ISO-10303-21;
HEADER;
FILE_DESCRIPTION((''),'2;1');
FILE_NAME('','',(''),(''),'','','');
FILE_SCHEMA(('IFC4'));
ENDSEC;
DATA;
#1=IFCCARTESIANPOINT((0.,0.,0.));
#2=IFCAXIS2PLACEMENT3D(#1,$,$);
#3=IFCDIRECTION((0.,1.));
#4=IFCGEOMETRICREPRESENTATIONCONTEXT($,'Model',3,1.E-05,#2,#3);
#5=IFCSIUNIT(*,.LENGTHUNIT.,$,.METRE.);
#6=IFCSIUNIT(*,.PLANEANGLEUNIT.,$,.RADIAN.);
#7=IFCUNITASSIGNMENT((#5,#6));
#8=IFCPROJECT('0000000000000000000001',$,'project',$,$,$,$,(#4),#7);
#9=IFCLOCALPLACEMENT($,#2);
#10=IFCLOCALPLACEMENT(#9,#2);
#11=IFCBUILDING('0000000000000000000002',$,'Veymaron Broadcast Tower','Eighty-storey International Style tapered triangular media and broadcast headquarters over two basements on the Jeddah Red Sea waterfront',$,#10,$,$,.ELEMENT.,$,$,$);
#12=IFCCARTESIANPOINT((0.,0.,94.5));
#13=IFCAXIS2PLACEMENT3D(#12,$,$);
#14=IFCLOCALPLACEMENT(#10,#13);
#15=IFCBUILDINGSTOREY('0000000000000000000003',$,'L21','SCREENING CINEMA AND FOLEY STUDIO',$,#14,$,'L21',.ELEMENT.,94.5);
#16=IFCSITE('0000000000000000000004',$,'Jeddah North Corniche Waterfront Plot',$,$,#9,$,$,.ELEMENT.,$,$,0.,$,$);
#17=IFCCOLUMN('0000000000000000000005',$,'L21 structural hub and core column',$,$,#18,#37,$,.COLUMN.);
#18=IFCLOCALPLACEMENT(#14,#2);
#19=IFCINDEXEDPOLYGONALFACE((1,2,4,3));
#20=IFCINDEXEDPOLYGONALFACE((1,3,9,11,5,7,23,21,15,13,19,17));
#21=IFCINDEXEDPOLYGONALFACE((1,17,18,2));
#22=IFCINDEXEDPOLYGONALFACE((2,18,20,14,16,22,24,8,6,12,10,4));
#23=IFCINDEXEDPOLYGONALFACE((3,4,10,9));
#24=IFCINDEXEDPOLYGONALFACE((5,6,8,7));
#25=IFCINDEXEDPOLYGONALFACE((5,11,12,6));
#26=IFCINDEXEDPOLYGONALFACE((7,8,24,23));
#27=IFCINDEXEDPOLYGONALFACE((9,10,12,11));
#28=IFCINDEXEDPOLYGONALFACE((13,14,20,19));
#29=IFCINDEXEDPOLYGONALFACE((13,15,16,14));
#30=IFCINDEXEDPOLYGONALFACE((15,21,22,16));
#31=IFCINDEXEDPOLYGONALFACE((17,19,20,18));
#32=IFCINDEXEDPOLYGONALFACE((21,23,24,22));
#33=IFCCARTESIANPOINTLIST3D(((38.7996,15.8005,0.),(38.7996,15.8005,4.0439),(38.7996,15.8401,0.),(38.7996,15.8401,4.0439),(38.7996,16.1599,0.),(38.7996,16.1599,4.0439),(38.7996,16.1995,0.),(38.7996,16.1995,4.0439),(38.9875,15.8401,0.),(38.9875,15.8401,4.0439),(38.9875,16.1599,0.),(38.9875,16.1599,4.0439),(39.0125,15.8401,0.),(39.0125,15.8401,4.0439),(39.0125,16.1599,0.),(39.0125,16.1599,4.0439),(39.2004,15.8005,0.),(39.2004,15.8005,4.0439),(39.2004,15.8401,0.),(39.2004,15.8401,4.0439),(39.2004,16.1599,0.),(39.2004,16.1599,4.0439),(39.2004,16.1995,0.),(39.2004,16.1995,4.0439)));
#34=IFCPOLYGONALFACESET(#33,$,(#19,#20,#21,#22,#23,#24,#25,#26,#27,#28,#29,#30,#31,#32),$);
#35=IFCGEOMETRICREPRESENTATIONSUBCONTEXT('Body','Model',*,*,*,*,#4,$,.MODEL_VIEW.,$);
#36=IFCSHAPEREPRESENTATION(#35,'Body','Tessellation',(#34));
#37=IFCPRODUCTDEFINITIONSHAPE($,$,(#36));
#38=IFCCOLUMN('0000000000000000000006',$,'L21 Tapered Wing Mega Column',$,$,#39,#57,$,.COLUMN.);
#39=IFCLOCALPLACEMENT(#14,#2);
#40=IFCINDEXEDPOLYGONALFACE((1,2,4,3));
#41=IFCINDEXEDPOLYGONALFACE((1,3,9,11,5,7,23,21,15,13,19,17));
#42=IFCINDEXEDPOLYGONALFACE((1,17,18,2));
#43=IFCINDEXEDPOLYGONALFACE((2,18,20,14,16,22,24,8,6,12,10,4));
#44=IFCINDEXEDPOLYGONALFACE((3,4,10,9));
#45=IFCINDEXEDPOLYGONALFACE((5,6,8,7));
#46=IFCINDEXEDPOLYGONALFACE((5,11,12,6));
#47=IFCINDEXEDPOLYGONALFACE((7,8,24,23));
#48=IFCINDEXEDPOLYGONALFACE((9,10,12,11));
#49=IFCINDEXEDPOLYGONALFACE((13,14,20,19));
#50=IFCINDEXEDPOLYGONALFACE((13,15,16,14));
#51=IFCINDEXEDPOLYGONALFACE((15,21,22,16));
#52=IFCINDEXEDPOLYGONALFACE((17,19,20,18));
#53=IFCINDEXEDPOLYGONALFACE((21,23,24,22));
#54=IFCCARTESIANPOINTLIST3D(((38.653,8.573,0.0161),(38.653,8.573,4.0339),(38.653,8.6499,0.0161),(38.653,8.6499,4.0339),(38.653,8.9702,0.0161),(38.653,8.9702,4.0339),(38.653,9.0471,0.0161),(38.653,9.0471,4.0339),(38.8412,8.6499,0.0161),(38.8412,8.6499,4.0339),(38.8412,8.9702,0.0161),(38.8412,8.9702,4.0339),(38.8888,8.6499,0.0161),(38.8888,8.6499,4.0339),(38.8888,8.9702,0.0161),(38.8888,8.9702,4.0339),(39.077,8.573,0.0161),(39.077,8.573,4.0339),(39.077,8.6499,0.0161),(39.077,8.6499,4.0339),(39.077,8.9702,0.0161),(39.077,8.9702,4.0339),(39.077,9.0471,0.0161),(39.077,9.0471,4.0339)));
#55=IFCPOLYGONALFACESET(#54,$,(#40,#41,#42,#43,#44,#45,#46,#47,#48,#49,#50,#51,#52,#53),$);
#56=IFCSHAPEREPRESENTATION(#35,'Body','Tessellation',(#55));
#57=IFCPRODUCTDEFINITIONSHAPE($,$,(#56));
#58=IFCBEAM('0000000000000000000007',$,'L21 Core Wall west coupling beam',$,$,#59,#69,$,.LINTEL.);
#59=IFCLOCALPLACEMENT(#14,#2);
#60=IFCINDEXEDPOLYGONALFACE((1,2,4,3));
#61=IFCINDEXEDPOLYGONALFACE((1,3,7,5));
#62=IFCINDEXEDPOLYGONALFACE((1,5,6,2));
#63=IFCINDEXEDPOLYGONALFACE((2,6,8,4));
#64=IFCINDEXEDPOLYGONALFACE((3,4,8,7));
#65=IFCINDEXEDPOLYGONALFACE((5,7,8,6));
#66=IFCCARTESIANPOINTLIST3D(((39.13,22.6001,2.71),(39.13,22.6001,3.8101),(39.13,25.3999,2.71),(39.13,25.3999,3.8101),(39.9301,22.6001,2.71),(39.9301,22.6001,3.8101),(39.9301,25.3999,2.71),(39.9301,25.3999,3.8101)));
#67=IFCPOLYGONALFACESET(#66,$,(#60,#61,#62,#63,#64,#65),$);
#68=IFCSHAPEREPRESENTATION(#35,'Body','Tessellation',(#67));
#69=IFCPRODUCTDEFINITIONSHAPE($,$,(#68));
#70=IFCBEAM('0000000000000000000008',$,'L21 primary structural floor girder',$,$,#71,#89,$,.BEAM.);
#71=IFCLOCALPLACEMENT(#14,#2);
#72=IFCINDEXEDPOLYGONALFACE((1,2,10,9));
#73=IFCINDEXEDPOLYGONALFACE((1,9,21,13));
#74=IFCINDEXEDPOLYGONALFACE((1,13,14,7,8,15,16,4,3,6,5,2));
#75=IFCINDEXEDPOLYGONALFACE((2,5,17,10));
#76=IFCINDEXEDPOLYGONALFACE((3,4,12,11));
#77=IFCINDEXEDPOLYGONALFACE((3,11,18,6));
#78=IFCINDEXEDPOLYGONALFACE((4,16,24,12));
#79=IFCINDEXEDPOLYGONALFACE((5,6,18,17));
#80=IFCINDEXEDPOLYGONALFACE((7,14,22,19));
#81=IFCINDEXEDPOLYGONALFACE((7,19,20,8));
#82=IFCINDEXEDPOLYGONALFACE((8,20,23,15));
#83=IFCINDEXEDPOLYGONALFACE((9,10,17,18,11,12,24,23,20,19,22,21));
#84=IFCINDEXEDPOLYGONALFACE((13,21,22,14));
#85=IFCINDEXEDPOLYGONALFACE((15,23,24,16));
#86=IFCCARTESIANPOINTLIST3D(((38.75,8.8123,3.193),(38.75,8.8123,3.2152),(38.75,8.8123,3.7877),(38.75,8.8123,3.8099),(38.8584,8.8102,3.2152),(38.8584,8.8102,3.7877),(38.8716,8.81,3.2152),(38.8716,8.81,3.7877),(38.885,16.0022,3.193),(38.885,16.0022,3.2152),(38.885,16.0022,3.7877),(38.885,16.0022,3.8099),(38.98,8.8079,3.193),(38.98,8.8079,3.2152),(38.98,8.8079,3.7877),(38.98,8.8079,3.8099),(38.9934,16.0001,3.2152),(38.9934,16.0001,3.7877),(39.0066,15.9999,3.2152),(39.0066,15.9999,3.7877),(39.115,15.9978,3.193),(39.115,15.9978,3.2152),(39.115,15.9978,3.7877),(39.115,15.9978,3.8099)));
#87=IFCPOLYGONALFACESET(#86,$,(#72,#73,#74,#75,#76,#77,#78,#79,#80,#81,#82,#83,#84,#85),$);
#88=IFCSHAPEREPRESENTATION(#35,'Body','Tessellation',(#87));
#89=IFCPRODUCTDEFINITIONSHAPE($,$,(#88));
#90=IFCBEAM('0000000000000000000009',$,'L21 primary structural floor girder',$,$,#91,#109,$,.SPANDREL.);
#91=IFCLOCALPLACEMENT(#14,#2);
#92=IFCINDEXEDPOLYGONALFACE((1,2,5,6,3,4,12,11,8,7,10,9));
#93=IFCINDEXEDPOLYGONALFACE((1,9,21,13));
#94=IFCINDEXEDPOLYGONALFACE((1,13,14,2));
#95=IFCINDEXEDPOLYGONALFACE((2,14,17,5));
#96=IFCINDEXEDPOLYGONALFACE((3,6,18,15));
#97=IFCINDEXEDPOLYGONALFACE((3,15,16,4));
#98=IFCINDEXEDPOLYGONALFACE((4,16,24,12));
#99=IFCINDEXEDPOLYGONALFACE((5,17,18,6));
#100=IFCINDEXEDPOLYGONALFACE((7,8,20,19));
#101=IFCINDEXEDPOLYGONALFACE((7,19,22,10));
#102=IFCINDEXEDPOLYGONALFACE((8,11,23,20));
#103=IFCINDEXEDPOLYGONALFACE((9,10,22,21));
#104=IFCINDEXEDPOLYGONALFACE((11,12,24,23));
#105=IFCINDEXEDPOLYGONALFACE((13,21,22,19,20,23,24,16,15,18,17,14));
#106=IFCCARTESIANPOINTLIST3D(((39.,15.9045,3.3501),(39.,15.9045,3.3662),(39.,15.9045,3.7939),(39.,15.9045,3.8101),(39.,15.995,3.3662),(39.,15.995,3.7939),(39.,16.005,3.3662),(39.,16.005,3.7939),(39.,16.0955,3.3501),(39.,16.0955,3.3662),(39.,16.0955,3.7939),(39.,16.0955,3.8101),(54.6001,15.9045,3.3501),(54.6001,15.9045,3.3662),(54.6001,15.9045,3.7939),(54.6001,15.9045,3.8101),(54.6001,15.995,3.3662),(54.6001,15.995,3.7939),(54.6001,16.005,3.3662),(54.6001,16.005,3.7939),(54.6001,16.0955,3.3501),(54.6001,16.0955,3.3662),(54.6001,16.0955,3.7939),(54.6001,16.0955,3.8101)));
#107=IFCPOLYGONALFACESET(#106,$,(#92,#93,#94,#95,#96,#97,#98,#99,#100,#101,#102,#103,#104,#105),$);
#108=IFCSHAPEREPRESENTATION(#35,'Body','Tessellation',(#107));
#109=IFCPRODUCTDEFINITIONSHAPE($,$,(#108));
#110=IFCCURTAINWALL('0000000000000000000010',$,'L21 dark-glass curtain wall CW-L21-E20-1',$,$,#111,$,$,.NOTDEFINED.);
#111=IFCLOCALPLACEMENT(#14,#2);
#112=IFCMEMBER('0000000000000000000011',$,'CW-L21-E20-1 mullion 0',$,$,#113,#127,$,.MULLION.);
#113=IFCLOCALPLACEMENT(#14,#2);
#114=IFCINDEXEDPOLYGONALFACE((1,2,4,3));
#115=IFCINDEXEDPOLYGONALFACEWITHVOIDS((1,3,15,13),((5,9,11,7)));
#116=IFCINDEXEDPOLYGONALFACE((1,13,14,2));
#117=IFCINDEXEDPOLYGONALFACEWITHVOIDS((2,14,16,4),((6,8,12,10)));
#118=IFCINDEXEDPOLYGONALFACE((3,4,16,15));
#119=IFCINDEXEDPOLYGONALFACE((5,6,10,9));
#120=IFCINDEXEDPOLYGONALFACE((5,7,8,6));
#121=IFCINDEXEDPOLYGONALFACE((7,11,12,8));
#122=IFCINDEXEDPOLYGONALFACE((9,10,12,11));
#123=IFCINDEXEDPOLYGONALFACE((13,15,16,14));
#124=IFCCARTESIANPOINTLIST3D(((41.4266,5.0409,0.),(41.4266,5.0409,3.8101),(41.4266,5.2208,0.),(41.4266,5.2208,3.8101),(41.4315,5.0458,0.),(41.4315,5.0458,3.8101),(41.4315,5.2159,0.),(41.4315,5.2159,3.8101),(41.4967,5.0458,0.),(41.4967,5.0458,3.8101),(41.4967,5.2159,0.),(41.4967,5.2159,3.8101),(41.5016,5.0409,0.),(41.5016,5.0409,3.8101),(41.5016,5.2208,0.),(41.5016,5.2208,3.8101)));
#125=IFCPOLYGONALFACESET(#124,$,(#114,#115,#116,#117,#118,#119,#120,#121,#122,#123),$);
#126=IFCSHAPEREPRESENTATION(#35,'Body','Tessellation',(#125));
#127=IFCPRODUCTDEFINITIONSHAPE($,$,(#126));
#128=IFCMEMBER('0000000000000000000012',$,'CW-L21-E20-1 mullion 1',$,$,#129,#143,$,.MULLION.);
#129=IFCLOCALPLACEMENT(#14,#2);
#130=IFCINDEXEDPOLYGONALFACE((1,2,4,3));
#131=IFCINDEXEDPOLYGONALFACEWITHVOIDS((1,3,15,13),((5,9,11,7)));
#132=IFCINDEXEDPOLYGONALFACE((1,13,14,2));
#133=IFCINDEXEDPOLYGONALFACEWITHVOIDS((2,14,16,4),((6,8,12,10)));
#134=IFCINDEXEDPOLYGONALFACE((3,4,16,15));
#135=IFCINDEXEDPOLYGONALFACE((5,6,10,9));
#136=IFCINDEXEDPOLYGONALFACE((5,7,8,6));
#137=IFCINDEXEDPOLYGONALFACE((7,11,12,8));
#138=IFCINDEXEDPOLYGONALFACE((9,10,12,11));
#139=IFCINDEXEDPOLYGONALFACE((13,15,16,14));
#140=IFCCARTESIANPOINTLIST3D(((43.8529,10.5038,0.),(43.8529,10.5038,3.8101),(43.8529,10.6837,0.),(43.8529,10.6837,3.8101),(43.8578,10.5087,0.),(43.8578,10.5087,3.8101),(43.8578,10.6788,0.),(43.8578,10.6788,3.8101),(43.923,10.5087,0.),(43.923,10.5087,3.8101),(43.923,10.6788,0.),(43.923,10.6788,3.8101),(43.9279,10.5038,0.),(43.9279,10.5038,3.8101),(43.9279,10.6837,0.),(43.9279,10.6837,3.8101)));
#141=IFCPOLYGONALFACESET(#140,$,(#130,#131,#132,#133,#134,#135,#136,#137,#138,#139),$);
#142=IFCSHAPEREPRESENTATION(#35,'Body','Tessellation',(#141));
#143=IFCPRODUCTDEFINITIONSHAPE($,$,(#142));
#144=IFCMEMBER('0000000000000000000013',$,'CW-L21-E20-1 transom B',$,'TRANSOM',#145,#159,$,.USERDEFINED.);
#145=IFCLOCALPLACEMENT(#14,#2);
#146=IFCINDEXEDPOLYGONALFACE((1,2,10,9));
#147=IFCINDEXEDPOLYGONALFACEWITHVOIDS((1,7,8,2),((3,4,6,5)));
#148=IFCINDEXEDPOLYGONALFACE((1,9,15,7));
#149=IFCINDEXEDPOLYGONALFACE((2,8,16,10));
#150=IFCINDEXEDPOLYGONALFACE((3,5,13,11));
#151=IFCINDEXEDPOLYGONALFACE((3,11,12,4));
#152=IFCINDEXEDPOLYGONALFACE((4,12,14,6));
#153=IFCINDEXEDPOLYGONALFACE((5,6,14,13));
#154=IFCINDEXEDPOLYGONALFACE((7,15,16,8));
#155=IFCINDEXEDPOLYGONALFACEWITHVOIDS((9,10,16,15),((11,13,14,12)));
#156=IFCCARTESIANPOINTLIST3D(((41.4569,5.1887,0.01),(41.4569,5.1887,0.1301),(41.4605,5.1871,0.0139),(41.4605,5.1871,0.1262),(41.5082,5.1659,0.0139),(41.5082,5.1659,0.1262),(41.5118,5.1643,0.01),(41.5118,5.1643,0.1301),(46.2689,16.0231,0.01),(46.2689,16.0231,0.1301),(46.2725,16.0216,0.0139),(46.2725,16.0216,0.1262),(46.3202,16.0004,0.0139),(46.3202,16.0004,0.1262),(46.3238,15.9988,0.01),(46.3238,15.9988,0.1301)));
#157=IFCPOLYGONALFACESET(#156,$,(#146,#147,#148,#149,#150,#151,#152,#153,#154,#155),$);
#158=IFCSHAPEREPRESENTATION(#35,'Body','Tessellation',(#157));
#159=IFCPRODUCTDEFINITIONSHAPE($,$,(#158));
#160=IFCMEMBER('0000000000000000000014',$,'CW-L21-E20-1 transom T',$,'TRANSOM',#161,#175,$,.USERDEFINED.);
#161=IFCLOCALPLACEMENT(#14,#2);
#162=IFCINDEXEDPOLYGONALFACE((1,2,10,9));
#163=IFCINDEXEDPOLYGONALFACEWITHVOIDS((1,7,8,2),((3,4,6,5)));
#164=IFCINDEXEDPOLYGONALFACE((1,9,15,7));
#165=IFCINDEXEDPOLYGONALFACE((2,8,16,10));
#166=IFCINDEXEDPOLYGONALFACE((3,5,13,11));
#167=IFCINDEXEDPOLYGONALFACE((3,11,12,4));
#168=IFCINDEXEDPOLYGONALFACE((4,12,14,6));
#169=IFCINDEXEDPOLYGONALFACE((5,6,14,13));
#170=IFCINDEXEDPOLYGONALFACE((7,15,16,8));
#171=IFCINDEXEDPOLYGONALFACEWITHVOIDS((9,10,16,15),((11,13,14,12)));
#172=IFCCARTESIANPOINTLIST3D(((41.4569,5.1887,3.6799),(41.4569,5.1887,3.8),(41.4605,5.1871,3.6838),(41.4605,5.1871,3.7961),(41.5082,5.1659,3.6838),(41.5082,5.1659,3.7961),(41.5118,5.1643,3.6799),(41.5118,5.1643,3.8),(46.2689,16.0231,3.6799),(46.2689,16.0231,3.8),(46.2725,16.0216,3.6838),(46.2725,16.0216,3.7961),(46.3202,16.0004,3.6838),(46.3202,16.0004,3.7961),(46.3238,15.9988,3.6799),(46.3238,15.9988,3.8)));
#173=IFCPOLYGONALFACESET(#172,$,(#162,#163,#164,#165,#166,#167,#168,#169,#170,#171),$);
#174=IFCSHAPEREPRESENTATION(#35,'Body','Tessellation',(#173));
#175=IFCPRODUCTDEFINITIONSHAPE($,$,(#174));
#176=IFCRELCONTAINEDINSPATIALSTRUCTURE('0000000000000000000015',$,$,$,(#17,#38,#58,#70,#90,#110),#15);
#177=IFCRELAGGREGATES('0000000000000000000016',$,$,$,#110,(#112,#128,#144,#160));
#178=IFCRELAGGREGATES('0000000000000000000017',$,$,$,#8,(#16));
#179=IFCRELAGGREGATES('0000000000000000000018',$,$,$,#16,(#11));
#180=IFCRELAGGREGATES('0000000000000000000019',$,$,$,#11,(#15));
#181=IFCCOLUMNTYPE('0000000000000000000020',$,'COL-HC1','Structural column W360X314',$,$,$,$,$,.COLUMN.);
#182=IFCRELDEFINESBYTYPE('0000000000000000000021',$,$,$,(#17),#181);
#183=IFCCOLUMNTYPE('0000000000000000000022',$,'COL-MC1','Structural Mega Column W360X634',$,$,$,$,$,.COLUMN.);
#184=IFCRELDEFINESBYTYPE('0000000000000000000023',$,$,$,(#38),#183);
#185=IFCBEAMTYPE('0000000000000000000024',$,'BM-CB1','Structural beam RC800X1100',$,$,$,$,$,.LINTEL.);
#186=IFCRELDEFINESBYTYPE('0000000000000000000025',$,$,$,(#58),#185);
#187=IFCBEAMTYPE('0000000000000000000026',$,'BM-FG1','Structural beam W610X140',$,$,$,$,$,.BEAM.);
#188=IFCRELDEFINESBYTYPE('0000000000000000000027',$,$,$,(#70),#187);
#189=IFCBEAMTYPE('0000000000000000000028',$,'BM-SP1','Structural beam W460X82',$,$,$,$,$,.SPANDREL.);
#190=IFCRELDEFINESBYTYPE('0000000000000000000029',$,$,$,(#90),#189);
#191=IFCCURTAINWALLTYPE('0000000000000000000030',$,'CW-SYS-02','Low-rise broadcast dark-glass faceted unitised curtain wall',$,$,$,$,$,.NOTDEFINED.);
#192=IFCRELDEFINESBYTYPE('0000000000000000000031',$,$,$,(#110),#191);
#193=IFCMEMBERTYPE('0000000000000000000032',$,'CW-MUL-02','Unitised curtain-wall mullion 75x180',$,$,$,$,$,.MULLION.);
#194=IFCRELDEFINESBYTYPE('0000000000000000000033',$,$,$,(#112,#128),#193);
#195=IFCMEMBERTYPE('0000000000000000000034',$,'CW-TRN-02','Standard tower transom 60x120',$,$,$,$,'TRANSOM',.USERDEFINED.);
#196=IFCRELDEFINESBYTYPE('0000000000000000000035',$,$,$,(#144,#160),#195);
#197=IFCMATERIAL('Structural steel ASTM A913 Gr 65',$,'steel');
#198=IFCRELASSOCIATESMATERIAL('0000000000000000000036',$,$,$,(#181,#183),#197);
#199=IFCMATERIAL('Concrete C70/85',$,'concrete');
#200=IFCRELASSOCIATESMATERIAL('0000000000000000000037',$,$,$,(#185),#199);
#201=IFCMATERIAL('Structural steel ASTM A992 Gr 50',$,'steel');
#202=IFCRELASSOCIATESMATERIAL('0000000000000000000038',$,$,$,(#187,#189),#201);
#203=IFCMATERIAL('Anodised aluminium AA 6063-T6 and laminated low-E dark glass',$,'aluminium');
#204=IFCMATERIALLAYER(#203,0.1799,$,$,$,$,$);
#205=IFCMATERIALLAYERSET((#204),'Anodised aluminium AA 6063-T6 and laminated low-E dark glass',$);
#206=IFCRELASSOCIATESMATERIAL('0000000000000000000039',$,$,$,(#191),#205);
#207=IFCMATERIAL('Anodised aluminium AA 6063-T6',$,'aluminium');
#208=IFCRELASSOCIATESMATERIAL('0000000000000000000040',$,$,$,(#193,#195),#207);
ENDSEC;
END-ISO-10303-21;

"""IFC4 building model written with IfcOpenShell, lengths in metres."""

from ifc_helpers import new_model, si_unit, direction, frame, origin, origin_2d, place, context, subcontext, project, spatial, rectangle, hollow_rectangle, i_section, extrude, material, layer, layer_set, material_profile, profile_set, type_object, element, aggregate, save


model = new_model("IFC4")

# Units and contexts
model_context = context("Model", 3, precision=1e-05, world=origin(), true_north=direction((0.0, 1.0)))
body_context = subcontext(model_context, "Body", "Model", "MODEL_VIEW")
ifc_project = project(units=[si_unit("LENGTHUNIT", "METRE"), si_unit("PLANEANGLEUNIT", "RADIAN")], contexts=[model_context])

# Site, building, storey
site_placement = place(None, origin())
site = spatial("IfcSite", under=ifc_project, at=site_placement, Name="Jeddah North Corniche Waterfront Plot", CompositionType="ELEMENT", RefElevation=0.0)
building_placement = place(site_placement, origin())
building = spatial("IfcBuilding", under=site, at=building_placement, Name="Veymaron Broadcast Tower", Description="Eighty-storey International Style tapered triangular media and broadcast headquarters over two basements on the Jeddah Red Sea waterfront", CompositionType="ELEMENT")
storey_placement = place(building_placement, frame((0.0, 0.0, 94.5)))
storey = spatial("IfcBuildingStorey", under=building, at=storey_placement, Name="L21", Description="SCREENING CINEMA AND FOLEY STUDIO", LongName="L21", CompositionType="ELEMENT", Elevation=94.5)

# Columns
ifc_material_1 = material(Name="Structural steel ASTM A913 Gr 65", Category="steel")
ifc_material_profile_1 = material_profile(ifc_material_1, i_section(OverallWidth=0.4009, OverallDepth=0.3989, WebThickness=0.0249, FlangeThickness=0.0396, at=origin_2d()), Name="W360X314")
ifc_profile_set_1 = profile_set([ifc_material_profile_1], Name="Structural steel ASTM A913 Gr 65")
column_type_1 = type_object("IfcColumnType", Name="COL-HC1", Description="Structural column W360X314", PredefinedType="COLUMN", material=ifc_profile_set_1)
column_1_placement = place(storey_placement, frame((39.0, 16.0, 0.0), z_axis=(0.0, 0.0, 1.0), x_axis=(1.0, 0.0, 0.0)))
element("IfcColumn", 1, at=column_1_placement, inside=storey, type_object=column_type_1, Name="L21 structural hub and core column", PredefinedType="COLUMN", context=body_context, shape_type="SweptSolid", body=[
    extrude(i_section(OverallWidth=0.4009, OverallDepth=0.3989, WebThickness=0.0249, FlangeThickness=0.0396, at=origin_2d()), origin(), (0.0, 0.0, 1.0), 4.0439),
])
ifc_material_profile_2 = material_profile(ifc_material_1, i_section(OverallWidth=0.4241, OverallDepth=0.4741, WebThickness=0.0476, FlangeThickness=0.0769, at=origin_2d()), Name="W360X634")
ifc_profile_set_2 = profile_set([ifc_material_profile_2], Name="Structural steel ASTM A913 Gr 65")
column_type_2 = type_object("IfcColumnType", Name="COL-MC1", Description="Structural Mega Column W360X634", PredefinedType="COLUMN", material=ifc_profile_set_2)
column_2_placement = place(storey_placement, frame((38.865, 8.8101, 0.0161), z_axis=(0.0, 0.0, 1.0), x_axis=(1.0, 0.0, 0.0)))
element("IfcColumn", 2, at=column_2_placement, inside=storey, type_object=column_type_2, Name="L21 Tapered Wing Mega Column", PredefinedType="COLUMN", context=body_context, shape_type="SweptSolid", body=[
    extrude(i_section(OverallWidth=0.4241, OverallDepth=0.4741, WebThickness=0.0476, FlangeThickness=0.0769, at=origin_2d()), origin(), (0.0, 0.0, 1.0), 4.0178),
])

# Beams
ifc_material_2 = material(Name="Concrete C70/85", Category="concrete")
ifc_material_profile_3 = material_profile(ifc_material_2, rectangle(XDim=0.8, YDim=1.1001, at=origin_2d()), Name="RC800X1100")
ifc_profile_set_3 = profile_set([ifc_material_profile_3], Name="Concrete C70/85")
beam_type_1 = type_object("IfcBeamType", Name="BM-CB1", Description="Structural beam RC800X1100", PredefinedType="LINTEL", material=ifc_profile_set_3)
beam_1_placement = place(storey_placement, frame((39.53, 22.6001, 3.26), z_axis=(0.0, 1.0, 0.0), x_axis=(-1.0, 0.0, 0.0)))
element("IfcBeam", 3, at=beam_1_placement, inside=storey, type_object=beam_type_1, Name="L21 Core Wall west coupling beam", PredefinedType="LINTEL", context=body_context, shape_type="SweptSolid", body=[
    extrude(rectangle(XDim=0.8, YDim=1.1001, at=origin_2d()), origin(), (0.0, 0.0, 1.0), 2.7998),
])
ifc_material_3 = material(Name="Structural steel ASTM A992 Gr 50", Category="steel")
ifc_material_profile_4 = material_profile(ifc_material_3, i_section(OverallWidth=0.23, OverallDepth=0.6169, WebThickness=0.0132, FlangeThickness=0.0222, at=origin_2d()), Name="W610X140")
ifc_profile_set_4 = profile_set([ifc_material_profile_4], Name="Structural steel ASTM A992 Gr 50")
beam_type_2 = type_object("IfcBeamType", Name="BM-FG1", Description="Structural beam W610X140", PredefinedType="BEAM", material=ifc_profile_set_4)
beam_2_placement = place(storey_placement, frame((39.0, 16.0, 3.5015), z_axis=(-0.018774, -0.999824, 0.0), x_axis=(0.999824, -0.018774, 0.0)))
element("IfcBeam", 4, at=beam_2_placement, inside=storey, type_object=beam_type_2, Name="L21 primary structural floor girder", PredefinedType="BEAM", context=body_context, shape_type="SweptSolid", body=[
    extrude(i_section(OverallWidth=0.23, OverallDepth=0.6169, WebThickness=0.0132, FlangeThickness=0.0222, at=origin_2d()), origin(), (0.0, 0.0, 1.0), 7.1912),
])
ifc_material_profile_5 = material_profile(ifc_material_3, i_section(OverallWidth=0.1909, OverallDepth=0.46, WebThickness=0.01, FlangeThickness=0.0161, at=origin_2d()), Name="W460X82")
ifc_profile_set_5 = profile_set([ifc_material_profile_5], Name="Structural steel ASTM A992 Gr 50")
beam_type_3 = type_object("IfcBeamType", Name="BM-SP1", Description="Structural beam W460X82", PredefinedType="SPANDREL", material=ifc_profile_set_5)
beam_3_placement = place(storey_placement, frame((39.0, 16.0, 3.5801), z_axis=(1.0, 0.0, 0.0), x_axis=(0.0, 1.0, 0.0)))
element("IfcBeam", 5, at=beam_3_placement, inside=storey, type_object=beam_type_3, Name="L21 primary structural floor girder", PredefinedType="SPANDREL", context=body_context, shape_type="SweptSolid", body=[
    extrude(i_section(OverallWidth=0.1909, OverallDepth=0.46, WebThickness=0.01, FlangeThickness=0.0161, at=origin_2d()), origin(), (0.0, 0.0, 1.0), 15.6001),
])

# Curtain wall, members
ifc_material_4 = material(Name="Anodised aluminium AA 6063-T6 and laminated low-E dark glass", Category="aluminium")
ifc_layer_1 = layer(ifc_material_4, 0.1799)
ifc_layer_set_1 = layer_set([ifc_layer_1], Name="Anodised aluminium AA 6063-T6 and laminated low-E dark glass")
curtain_wall_type = type_object("IfcCurtainWallType", Name="CW-SYS-02", Description="Low-rise broadcast dark-glass faceted unitised curtain wall", PredefinedType="NOTDEFINED", material=ifc_layer_set_1)
curtain_wall_placement = place(storey_placement, origin())
curtain_wall = element("IfcCurtainWall", 6, at=curtain_wall_placement, inside=storey, type_object=curtain_wall_type, Name="L21 dark-glass curtain wall CW-L21-E20-1", PredefinedType="NOTDEFINED")
ifc_material_5 = material(Name="Anodised aluminium AA 6063-T6", Category="aluminium")
ifc_material_profile_6 = material_profile(ifc_material_5, hollow_rectangle(XDim=0.075, YDim=0.1799, WallThickness=0.0049, at=origin_2d()), Name="AL180X75X5")
ifc_profile_set_6 = profile_set([ifc_material_profile_6], Name="Anodised aluminium AA 6063-T6")
member_type_1 = type_object("IfcMemberType", Name="CW-MUL-02", Description="Unitised curtain-wall mullion 75x180", PredefinedType="MULLION", material=ifc_profile_set_6)
member_1_placement = place(storey_placement, frame((41.4641, 5.1309, 0.0), z_axis=(0.0, 0.0, 1.0), x_axis=(1.0, 0.0, 0.0)))
member_1 = element("IfcMember", 7, at=member_1_placement, type_object=member_type_1, Name="CW-L21-E20-1 mullion 0", PredefinedType="MULLION", context=body_context, shape_type="SweptSolid", body=[
    extrude(hollow_rectangle(XDim=0.075, YDim=0.1799, WallThickness=0.0049, at=origin_2d()), origin(), (0.0, 0.0, 1.0), 3.8101),
])
member_2_placement = place(storey_placement, frame((43.8904, 10.5938, 0.0), z_axis=(0.0, 0.0, 1.0), x_axis=(1.0, 0.0, 0.0)))
member_2 = element("IfcMember", 8, at=member_2_placement, type_object=member_type_1, Name="CW-L21-E20-1 mullion 1", PredefinedType="MULLION", context=body_context, shape_type="SweptSolid", body=[
    extrude(hollow_rectangle(XDim=0.075, YDim=0.1799, WallThickness=0.0049, at=origin_2d()), origin(), (0.0, 0.0, 1.0), 3.8101),
])
ifc_material_profile_7 = material_profile(ifc_material_5, hollow_rectangle(XDim=0.0601, YDim=0.1201, WallThickness=0.0039, at=origin_2d()), Name="AL120X60X4")
ifc_profile_set_7 = profile_set([ifc_material_profile_7], Name="Anodised aluminium AA 6063-T6")
member_type_2 = type_object("IfcMemberType", Name="CW-TRN-02", Description="Standard tower transom 60x120", ElementType="TRANSOM", PredefinedType="USERDEFINED", material=ifc_profile_set_7)
member_3_placement = place(storey_placement, frame((41.4844, 5.1765, 0.0701), z_axis=(0.405905, 0.913915, 0.0), x_axis=(-0.913915, 0.405905, 0.0)))
member_3 = element("IfcMember", 9, at=member_3_placement, type_object=member_type_2, Name="CW-L21-E20-1 transom B", ObjectType="TRANSOM", PredefinedType="USERDEFINED", context=body_context, shape_type="SweptSolid", body=[
    extrude(hollow_rectangle(XDim=0.0601, YDim=0.1201, WallThickness=0.0039, at=origin_2d()), origin(), (0.0, 0.0, 1.0), 11.855),
])
member_4_placement = place(storey_placement, frame((41.4844, 5.1765, 3.74), z_axis=(0.405905, 0.913915, 0.0), x_axis=(-0.913915, 0.405905, 0.0)))
member_4 = element("IfcMember", 10, at=member_4_placement, type_object=member_type_2, Name="CW-L21-E20-1 transom T", ObjectType="TRANSOM", PredefinedType="USERDEFINED", context=body_context, shape_type="SweptSolid", body=[
    extrude(hollow_rectangle(XDim=0.0601, YDim=0.1201, WallThickness=0.0039, at=origin_2d()), origin(), (0.0, 0.0, 1.0), 11.855),
])
aggregate(curtain_wall, [member_1, member_2, member_3, member_4])

save(model, "model.ifc")
